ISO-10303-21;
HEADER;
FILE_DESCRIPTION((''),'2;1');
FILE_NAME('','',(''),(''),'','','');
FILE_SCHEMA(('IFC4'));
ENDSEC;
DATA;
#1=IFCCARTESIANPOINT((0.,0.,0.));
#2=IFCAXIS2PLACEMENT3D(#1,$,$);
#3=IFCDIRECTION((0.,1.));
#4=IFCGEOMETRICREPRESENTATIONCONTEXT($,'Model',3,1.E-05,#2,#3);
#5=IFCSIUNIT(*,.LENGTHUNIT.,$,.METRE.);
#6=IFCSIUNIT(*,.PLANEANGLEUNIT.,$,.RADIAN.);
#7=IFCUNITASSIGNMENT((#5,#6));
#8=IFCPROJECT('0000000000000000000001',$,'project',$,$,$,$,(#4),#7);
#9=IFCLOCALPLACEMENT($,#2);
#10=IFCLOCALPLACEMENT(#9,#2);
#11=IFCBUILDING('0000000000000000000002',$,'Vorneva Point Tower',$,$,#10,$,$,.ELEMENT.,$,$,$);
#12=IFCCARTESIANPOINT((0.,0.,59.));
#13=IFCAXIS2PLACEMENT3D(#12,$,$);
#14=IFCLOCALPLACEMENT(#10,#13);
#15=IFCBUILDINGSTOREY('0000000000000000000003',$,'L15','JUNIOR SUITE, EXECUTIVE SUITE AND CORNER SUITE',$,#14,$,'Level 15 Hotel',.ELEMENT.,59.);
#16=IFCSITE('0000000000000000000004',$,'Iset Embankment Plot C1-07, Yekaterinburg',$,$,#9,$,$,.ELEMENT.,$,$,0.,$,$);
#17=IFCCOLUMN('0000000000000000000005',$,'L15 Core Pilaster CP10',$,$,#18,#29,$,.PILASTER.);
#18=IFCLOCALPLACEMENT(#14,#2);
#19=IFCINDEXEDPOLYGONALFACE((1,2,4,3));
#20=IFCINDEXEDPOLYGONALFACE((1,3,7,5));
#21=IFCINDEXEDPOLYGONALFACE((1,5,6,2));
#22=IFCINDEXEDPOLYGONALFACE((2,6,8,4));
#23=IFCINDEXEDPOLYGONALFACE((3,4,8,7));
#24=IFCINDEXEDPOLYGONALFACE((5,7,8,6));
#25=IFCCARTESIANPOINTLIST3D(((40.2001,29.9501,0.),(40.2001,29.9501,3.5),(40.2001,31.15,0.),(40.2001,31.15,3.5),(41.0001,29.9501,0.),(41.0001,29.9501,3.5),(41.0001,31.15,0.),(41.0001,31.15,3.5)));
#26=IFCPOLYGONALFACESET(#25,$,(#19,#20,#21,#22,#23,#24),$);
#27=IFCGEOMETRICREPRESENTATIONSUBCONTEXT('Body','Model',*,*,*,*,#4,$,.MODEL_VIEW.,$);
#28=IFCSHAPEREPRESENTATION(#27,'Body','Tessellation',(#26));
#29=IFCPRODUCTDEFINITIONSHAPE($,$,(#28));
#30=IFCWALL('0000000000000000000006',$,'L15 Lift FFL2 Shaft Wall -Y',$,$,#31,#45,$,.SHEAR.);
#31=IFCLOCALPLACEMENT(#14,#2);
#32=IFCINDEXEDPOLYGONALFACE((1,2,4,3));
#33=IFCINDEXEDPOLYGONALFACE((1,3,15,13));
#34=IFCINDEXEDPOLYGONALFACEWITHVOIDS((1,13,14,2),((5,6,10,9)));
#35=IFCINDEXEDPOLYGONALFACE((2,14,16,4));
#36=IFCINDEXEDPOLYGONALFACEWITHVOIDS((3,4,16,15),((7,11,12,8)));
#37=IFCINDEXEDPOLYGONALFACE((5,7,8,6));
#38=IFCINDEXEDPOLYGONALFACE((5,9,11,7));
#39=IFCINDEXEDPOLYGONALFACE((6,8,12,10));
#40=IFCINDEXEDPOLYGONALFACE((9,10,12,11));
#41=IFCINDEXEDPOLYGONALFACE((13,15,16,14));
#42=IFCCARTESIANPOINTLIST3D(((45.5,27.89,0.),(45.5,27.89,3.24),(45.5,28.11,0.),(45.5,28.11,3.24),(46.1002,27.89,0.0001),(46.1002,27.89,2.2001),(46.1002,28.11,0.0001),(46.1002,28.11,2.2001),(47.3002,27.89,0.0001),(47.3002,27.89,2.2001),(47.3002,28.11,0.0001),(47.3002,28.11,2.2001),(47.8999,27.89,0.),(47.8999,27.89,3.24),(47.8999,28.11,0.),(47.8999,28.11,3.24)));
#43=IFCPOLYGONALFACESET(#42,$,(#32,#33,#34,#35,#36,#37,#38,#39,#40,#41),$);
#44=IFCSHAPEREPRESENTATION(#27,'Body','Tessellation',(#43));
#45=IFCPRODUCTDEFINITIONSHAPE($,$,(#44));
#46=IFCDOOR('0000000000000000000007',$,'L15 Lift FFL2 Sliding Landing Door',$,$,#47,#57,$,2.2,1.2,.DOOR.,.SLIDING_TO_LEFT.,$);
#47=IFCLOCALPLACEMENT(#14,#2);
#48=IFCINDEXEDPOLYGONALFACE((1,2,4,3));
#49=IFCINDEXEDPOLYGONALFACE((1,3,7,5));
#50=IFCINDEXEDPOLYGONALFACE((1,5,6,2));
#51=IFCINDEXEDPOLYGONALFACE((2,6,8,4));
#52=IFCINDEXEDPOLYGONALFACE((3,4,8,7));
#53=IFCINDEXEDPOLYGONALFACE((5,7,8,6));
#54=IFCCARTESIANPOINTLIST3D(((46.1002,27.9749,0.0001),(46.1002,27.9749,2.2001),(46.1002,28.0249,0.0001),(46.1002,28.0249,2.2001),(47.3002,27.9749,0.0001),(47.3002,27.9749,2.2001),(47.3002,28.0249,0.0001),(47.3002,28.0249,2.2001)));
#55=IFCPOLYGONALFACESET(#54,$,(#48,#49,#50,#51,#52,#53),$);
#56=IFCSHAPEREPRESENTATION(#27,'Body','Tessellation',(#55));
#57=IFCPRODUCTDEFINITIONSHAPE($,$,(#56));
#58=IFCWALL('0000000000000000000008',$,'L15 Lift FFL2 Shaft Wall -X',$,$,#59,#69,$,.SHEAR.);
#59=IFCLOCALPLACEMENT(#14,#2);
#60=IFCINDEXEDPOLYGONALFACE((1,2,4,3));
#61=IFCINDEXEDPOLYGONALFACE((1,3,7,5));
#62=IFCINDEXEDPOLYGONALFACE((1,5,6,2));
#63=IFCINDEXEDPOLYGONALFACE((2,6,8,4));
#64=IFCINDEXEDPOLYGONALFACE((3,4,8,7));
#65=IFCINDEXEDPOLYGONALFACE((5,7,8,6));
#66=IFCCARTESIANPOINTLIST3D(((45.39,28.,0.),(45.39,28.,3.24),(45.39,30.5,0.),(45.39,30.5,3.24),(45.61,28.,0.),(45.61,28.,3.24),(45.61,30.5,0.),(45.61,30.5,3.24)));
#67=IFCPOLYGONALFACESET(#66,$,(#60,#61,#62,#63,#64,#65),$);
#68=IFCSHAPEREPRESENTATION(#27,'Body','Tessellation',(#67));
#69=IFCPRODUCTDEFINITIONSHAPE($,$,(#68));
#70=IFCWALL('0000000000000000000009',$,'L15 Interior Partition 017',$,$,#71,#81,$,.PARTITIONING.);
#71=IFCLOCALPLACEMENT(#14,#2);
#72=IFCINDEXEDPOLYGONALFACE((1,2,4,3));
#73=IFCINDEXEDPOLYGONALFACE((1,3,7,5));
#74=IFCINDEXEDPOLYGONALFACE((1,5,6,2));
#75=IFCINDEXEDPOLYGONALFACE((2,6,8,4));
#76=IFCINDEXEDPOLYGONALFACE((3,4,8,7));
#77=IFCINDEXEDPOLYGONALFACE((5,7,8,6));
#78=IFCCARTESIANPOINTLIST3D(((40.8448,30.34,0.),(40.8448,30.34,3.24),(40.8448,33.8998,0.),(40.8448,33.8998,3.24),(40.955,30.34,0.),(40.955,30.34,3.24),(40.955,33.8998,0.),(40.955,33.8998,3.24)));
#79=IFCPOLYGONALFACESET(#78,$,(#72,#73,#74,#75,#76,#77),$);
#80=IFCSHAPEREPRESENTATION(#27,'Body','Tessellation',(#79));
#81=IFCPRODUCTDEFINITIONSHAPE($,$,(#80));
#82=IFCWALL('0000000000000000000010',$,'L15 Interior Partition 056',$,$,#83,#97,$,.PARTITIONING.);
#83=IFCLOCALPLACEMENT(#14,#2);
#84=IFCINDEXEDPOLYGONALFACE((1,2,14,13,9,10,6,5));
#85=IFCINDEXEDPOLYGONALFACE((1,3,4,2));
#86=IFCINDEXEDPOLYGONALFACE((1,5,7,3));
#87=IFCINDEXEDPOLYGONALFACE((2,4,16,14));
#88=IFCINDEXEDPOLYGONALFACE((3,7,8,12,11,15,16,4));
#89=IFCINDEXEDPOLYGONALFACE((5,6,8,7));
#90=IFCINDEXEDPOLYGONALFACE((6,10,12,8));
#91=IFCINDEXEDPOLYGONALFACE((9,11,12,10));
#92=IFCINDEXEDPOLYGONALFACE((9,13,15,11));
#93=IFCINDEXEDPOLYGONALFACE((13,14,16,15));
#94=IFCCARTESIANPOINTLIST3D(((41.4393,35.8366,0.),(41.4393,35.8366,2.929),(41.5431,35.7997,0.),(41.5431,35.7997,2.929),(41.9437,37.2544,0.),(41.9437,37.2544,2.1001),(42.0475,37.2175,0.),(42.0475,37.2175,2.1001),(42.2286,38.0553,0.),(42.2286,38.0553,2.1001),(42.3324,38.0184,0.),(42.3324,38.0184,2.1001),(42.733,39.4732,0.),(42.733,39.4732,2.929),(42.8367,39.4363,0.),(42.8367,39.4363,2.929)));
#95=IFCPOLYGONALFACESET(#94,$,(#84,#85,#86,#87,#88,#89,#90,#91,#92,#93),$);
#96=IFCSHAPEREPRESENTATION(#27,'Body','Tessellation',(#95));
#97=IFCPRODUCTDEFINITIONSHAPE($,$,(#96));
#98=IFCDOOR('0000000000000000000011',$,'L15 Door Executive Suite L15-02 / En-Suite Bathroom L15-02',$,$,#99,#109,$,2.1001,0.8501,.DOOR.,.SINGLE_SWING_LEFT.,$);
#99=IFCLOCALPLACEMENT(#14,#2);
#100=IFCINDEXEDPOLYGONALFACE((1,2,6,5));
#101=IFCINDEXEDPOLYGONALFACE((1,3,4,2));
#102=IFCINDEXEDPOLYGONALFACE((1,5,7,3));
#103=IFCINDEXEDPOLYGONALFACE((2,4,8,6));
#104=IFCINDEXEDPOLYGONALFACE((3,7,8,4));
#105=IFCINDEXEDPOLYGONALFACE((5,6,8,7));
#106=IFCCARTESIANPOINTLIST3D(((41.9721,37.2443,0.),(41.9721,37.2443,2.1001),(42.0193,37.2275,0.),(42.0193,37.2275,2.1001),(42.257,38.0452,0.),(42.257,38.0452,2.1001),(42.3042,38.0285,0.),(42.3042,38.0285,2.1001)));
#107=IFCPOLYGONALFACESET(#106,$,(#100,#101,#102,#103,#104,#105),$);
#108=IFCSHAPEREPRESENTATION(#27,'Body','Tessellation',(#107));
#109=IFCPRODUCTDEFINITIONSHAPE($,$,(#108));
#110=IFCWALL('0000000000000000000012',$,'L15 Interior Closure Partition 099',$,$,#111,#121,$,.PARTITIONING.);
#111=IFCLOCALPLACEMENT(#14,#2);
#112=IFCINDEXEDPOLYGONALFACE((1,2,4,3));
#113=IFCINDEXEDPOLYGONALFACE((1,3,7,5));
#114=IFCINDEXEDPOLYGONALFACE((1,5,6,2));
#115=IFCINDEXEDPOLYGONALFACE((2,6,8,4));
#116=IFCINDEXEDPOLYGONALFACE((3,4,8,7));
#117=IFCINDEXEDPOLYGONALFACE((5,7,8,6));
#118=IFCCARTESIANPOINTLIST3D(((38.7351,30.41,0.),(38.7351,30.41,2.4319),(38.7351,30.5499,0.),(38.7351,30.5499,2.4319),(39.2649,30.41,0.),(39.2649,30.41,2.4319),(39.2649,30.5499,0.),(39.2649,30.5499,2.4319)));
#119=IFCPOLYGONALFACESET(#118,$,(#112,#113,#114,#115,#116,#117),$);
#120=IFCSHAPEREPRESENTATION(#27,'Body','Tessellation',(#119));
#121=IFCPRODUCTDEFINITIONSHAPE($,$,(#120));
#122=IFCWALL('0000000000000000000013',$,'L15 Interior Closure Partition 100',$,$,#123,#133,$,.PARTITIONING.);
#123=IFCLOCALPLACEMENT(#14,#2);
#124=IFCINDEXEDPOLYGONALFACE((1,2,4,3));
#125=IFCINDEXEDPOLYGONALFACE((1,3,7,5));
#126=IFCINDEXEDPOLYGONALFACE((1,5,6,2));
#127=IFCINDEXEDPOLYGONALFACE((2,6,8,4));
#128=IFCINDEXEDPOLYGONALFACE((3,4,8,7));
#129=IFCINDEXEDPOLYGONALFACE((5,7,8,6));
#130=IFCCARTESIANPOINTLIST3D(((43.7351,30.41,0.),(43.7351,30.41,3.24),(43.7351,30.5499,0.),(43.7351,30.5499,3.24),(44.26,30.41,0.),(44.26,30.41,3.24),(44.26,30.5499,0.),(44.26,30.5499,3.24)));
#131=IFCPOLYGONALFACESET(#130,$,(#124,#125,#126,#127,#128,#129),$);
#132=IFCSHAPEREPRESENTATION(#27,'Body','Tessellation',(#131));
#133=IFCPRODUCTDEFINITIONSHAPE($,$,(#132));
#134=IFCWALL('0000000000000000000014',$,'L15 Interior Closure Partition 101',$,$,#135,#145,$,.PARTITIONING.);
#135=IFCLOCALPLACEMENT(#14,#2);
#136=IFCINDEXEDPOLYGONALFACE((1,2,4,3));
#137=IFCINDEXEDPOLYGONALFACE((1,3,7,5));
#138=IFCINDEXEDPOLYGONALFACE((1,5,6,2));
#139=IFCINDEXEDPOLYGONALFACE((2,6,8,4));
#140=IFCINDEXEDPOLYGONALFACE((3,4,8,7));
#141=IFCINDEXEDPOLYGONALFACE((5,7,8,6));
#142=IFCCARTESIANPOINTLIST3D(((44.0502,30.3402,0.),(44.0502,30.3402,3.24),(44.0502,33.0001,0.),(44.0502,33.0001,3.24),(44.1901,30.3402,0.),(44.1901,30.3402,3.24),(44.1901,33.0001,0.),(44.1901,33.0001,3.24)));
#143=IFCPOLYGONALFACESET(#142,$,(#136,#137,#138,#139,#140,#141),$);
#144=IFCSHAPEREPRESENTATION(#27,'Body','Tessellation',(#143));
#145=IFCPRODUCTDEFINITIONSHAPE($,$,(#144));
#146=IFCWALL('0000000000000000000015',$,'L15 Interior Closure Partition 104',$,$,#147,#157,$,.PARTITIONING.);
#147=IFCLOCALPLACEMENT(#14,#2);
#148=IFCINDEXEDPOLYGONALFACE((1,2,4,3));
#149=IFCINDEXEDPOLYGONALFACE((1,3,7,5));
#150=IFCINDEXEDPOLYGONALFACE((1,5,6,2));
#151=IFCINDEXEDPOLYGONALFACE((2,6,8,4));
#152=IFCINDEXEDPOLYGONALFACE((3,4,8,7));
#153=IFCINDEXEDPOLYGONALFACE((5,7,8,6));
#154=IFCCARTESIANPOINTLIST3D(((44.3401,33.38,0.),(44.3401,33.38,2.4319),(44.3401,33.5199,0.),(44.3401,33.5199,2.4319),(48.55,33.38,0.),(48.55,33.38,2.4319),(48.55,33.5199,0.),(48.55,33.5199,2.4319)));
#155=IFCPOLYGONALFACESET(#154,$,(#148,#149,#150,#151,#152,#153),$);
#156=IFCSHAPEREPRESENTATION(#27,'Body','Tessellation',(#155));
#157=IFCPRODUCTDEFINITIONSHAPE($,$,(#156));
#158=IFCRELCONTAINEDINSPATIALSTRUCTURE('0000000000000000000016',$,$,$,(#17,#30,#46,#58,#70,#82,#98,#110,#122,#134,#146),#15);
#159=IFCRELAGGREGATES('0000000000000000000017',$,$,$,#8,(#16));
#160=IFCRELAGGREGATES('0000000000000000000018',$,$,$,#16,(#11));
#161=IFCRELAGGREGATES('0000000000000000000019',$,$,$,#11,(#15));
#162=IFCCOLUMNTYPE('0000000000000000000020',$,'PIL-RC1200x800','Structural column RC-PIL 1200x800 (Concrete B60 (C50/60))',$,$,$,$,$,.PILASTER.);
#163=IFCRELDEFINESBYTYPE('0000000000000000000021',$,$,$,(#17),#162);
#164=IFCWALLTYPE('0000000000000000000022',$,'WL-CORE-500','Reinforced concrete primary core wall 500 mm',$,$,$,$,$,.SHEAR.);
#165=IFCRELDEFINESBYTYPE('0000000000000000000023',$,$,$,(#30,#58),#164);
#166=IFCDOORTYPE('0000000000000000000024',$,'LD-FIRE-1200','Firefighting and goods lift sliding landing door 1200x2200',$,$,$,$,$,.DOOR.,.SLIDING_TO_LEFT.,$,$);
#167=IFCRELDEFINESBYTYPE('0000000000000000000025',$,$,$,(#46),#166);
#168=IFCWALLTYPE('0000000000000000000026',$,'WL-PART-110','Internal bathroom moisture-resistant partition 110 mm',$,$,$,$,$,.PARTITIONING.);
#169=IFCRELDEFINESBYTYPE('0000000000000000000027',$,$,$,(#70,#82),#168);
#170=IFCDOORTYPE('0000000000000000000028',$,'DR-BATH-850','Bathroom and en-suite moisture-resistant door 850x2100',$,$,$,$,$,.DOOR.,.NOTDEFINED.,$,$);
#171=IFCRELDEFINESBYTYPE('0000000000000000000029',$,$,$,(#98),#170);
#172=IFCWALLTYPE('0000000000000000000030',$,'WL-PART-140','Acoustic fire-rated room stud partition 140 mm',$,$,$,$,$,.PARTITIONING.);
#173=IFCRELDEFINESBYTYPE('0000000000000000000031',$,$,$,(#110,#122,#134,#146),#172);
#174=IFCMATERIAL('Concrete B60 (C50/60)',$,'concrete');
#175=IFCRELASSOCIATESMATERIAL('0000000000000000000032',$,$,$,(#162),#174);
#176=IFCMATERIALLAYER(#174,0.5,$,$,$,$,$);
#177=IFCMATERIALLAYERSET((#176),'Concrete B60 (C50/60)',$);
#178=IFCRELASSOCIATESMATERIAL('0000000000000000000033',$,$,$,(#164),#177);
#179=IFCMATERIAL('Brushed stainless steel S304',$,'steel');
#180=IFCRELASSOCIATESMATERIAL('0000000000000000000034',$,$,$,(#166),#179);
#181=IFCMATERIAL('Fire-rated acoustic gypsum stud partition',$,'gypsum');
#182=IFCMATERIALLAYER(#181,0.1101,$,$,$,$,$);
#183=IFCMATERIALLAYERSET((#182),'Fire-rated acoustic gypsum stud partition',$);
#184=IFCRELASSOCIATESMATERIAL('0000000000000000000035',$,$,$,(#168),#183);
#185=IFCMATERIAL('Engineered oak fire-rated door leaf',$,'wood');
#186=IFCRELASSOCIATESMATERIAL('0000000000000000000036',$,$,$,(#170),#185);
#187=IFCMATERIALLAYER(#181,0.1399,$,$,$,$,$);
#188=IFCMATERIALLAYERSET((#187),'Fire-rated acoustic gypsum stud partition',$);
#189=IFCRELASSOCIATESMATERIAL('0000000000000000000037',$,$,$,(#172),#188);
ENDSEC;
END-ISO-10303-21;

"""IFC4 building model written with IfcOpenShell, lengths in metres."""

from ifc_helpers import new_model, si_unit, direction, frame, frame_2d, origin, origin_2d, place, context, subcontext, project, spatial, rectangle, extrude, material, layer, layer_set, material_profile, profile_set, type_object, element, fill, save


model = new_model("IFC4")

# Units and contexts
model_context = context("Model", 3, precision=1e-05, world=origin(), true_north=direction((0.0, 1.0)))
body_context = subcontext(model_context, "Body", "Model", "MODEL_VIEW")
ifc_project = project(units=[si_unit("LENGTHUNIT", "METRE"), si_unit("PLANEANGLEUNIT", "RADIAN")], contexts=[model_context])

# Site, building, storey
site_placement = place(None, origin())
site = spatial("IfcSite", under=ifc_project, at=site_placement, Name="Iset Embankment Plot C1-07, Yekaterinburg", CompositionType="ELEMENT", RefElevation=0.0)
building_placement = place(site_placement, origin())
building = spatial("IfcBuilding", under=site, at=building_placement, Name="Vorneva Point Tower", CompositionType="ELEMENT")
storey_placement = place(building_placement, frame((0.0, 0.0, 59.0)))
storey = spatial("IfcBuildingStorey", under=building, at=storey_placement, Name="L15", Description="JUNIOR SUITE, EXECUTIVE SUITE AND CORNER SUITE", LongName="Level 15 Hotel", CompositionType="ELEMENT", Elevation=59.0)

# Column
ifc_material_1 = material(Name="Concrete B60 (C50/60)", Category="concrete")
ifc_material_profile = material_profile(ifc_material_1, rectangle(XDim=0.8, YDim=1.2, at=origin_2d()), Name="RC-PIL 1200x800")
ifc_profile_set = profile_set([ifc_material_profile], Name="Concrete B60 (C50/60)")
column_type = type_object("IfcColumnType", Name="PIL-RC1200x800", Description="Structural column RC-PIL 1200x800 (Concrete B60 (C50/60))", PredefinedType="PILASTER", material=ifc_profile_set)
column_placement = place(storey_placement, frame((40.6001, 30.55, 0.0), z_axis=(0.0, 0.0, 1.0), x_axis=(1.0, 0.0, 0.0)))
element("IfcColumn", 1, at=column_placement, inside=storey, type_object=column_type, Name="L15 Core Pilaster CP10", PredefinedType="PILASTER", context=body_context, shape_type="SweptSolid", body=[
    extrude(rectangle(XDim=0.8, YDim=1.2, at=origin_2d()), origin(), (0.0, 0.0, 1.0), 3.5),
])

# Wall, opening, door
ifc_layer_1 = layer(ifc_material_1, 0.5)
ifc_layer_set_1 = layer_set([ifc_layer_1], Name="Concrete B60 (C50/60)")
wall_type_1 = type_object("IfcWallType", Name="WL-CORE-500", Description="Reinforced concrete primary core wall 500 mm", PredefinedType="SHEAR", material=ifc_layer_set_1)
wall_1_placement = place(storey_placement, frame((45.5, 28.0, 0.0), z_axis=(0.0, 0.0, 1.0), x_axis=(1.0, 0.0, 0.0)))
wall_1 = element("IfcWall", 2, at=wall_1_placement, inside=storey, type_object=wall_type_1, Name="L15 Lift FFL2 Shaft Wall -Y", PredefinedType="SHEAR", context=body_context, shape_type="SweptSolid", body=[
    extrude(rectangle(XDim=2.3999, YDim=0.22, at=frame_2d((1.2, 0.0))), origin(), (0.0, 0.0, 1.0), 3.24),
])
opening_1_placement = place(wall_1_placement, frame((0.6001, 0.0, 0.0)))
opening_1 = element("IfcOpeningElement", 3, at=opening_1_placement, cuts=wall_1, PredefinedType="OPENING", context=body_context, shape_type="SweptSolid", body=[
    extrude(rectangle(XDim=1.2, YDim=2.2, at=frame_2d((0.6001, 1.1001))), frame((0.0, 0.125, 0.0), z_axis=(0.0, -1.0, 0.0), x_axis=(1.0, 0.0, 0.0)), (0.0, 0.0, 1.0), 0.2498),
])
ifc_material_2 = material(Name="Brushed stainless steel S304", Category="steel")
door_type_1 = type_object("IfcDoorType", Name="LD-FIRE-1200", Description="Firefighting and goods lift sliding landing door 1200x2200", OperationType="SLIDING_TO_LEFT", PredefinedType="DOOR", material=ifc_material_2)
door_1_placement = place(opening_1_placement, origin())
door_1 = element("IfcDoor", 4, at=door_1_placement, inside=storey, type_object=door_type_1, Name="L15 Lift FFL2 Sliding Landing Door", OperationType="SLIDING_TO_LEFT", OverallHeight=2.2, OverallWidth=1.2, PredefinedType="DOOR", context=body_context, shape_type="SweptSolid", body=[
    extrude(rectangle(XDim=1.2, YDim=2.2, at=frame_2d((0.6001, 1.1001))), frame((0.0, 0.0249, 0.0), z_axis=(0.0, -1.0, 0.0), x_axis=(1.0, 0.0, 0.0)), (0.0, 0.0, 1.0), 0.05),
])
fill(opening_1, door_1)

# Walls
wall_2_placement = place(storey_placement, frame((45.5, 30.5, 0.0), z_axis=(0.0, 0.0, 1.0), x_axis=(0.0, -1.0, 0.0)))
element("IfcWall", 5, at=wall_2_placement, inside=storey, type_object=wall_type_1, Name="L15 Lift FFL2 Shaft Wall -X", PredefinedType="SHEAR", context=body_context, shape_type="SweptSolid", body=[
    extrude(rectangle(XDim=2.5, YDim=0.22, at=frame_2d((1.25, 0.0))), origin(), (0.0, 0.0, 1.0), 3.24),
])
ifc_material_3 = material(Name="Fire-rated acoustic gypsum stud partition", Category="gypsum")
ifc_layer_2 = layer(ifc_material_3, 0.1101)
ifc_layer_set_2 = layer_set([ifc_layer_2], Name="Fire-rated acoustic gypsum stud partition")
wall_type_2 = type_object("IfcWallType", Name="WL-PART-110", Description="Internal bathroom moisture-resistant partition 110 mm", PredefinedType="PARTITIONING", material=ifc_layer_set_2)
wall_3_placement = place(storey_placement, frame((40.8999, 30.3401, 0.0), z_axis=(0.0, 0.0, 1.0), x_axis=(0.0, 1.0, 0.0)))
element("IfcWall", 6, at=wall_3_placement, inside=storey, type_object=wall_type_2, Name="L15 Interior Partition 017", PredefinedType="PARTITIONING", context=body_context, shape_type="SweptSolid", body=[
    extrude(rectangle(XDim=3.5598, YDim=0.1101, at=frame_2d((1.7798, 0.0))), origin(), (0.0, 0.0, 1.0), 3.24),
])

# Wall, opening, door
wall_4_placement = place(storey_placement, frame((41.4912, 35.8181, 0.0), z_axis=(0.0, 0.0, 1.0), x_axis=(0.335158, 0.942162, 0.0)))
wall_4 = element("IfcWall", 7, at=wall_4_placement, inside=storey, type_object=wall_type_2, Name="L15 Interior Partition 056", PredefinedType="PARTITIONING", context=body_context, shape_type="SweptSolid", body=[
    extrude(rectangle(XDim=3.8599, YDim=0.1101, at=frame_2d((1.9299, 0.0))), origin(), (0.0, 0.0, 1.0), 2.929),
])
opening_2_placement = place(wall_4_placement, frame((1.5049, 0.0, 0.0)))
opening_2 = element("IfcOpeningElement", 8, at=opening_2_placement, cuts=wall_4, PredefinedType="OPENING", context=body_context, shape_type="SweptSolid", body=[
    extrude(rectangle(XDim=0.8501, YDim=2.1001, at=frame_2d((0.425, 1.05))), frame((0.0, 0.0698, 0.0), z_axis=(0.0, -1.0, 0.0), x_axis=(1.0, 0.0, 0.0)), (0.0, 0.0, 1.0), 0.1399),
])
ifc_material_4 = material(Name="Engineered oak fire-rated door leaf", Category="wood")
door_type_2 = type_object("IfcDoorType", Name="DR-BATH-850", Description="Bathroom and en-suite moisture-resistant door 850x2100", OperationType="NOTDEFINED", PredefinedType="DOOR", material=ifc_material_4)
door_2_placement = place(opening_2_placement, origin())
door_2 = element("IfcDoor", 9, at=door_2_placement, inside=storey, type_object=door_type_2, Name="L15 Door Executive Suite L15-02 / En-Suite Bathroom L15-02", OperationType="SINGLE_SWING_LEFT", OverallHeight=2.1001, OverallWidth=0.8501, PredefinedType="DOOR", context=body_context, shape_type="SweptSolid", body=[
    extrude(rectangle(XDim=0.8501, YDim=2.1001, at=frame_2d((0.425, 1.05))), frame((0.0, 0.0249, 0.0), z_axis=(0.0, -1.0, 0.0), x_axis=(1.0, 0.0, 0.0)), (0.0, 0.0, 1.0), 0.05),
])
fill(opening_2, door_2)

# Walls
ifc_layer_3 = layer(ifc_material_3, 0.1399)
ifc_layer_set_3 = layer_set([ifc_layer_3], Name="Fire-rated acoustic gypsum stud partition")
wall_type_3 = type_object("IfcWallType", Name="WL-PART-140", Description="Acoustic fire-rated room stud partition 140 mm", PredefinedType="PARTITIONING", material=ifc_layer_set_3)
wall_5_placement = place(storey_placement, frame((38.7351, 30.48, 0.0), z_axis=(0.0, 0.0, 1.0), x_axis=(1.0, 0.0, 0.0)))
element("IfcWall", 10, at=wall_5_placement, inside=storey, type_object=wall_type_3, Name="L15 Interior Closure Partition 099", PredefinedType="PARTITIONING", context=body_context, shape_type="SweptSolid", body=[
    extrude(rectangle(XDim=0.5298, YDim=0.1399, at=frame_2d((0.2649, 0.0))), origin(), (0.0, 0.0, 1.0), 2.4319),
])
wall_6_placement = place(storey_placement, frame((43.7351, 30.48, 0.0), z_axis=(0.0, 0.0, 1.0), x_axis=(1.0, 0.0, 0.0)))
element("IfcWall", 11, at=wall_6_placement, inside=storey, type_object=wall_type_3, Name="L15 Interior Closure Partition 100", PredefinedType="PARTITIONING", context=body_context, shape_type="SweptSolid", body=[
    extrude(rectangle(XDim=0.5249, YDim=0.1399, at=frame_2d((0.2625, 0.0))), origin(), (0.0, 0.0, 1.0), 3.24),
])
wall_7_placement = place(storey_placement, frame((44.1201, 30.3401, 0.0), z_axis=(0.0, 0.0, 1.0), x_axis=(0.0, 1.0, 0.0)))
element("IfcWall", 12, at=wall_7_placement, inside=storey, type_object=wall_type_3, Name="L15 Interior Closure Partition 101", PredefinedType="PARTITIONING", context=body_context, shape_type="SweptSolid", body=[
    extrude(rectangle(XDim=2.6599, YDim=0.1399, at=frame_2d((1.3301, 0.0))), origin(), (0.0, 0.0, 1.0), 3.24),
])
wall_8_placement = place(storey_placement, frame((44.3401, 33.45, 0.0), z_axis=(0.0, 0.0, 1.0), x_axis=(1.0, 0.0, 0.0)))
element("IfcWall", 13, at=wall_8_placement, inside=storey, type_object=wall_type_3, Name="L15 Interior Closure Partition 104", PredefinedType="PARTITIONING", context=body_context, shape_type="SweptSolid", body=[
    extrude(rectangle(XDim=4.21, YDim=0.1399, at=frame_2d((2.105, 0.0))), origin(), (0.0, 0.0, 1.0), 2.4319),
])

save(model, "model.ifc")
